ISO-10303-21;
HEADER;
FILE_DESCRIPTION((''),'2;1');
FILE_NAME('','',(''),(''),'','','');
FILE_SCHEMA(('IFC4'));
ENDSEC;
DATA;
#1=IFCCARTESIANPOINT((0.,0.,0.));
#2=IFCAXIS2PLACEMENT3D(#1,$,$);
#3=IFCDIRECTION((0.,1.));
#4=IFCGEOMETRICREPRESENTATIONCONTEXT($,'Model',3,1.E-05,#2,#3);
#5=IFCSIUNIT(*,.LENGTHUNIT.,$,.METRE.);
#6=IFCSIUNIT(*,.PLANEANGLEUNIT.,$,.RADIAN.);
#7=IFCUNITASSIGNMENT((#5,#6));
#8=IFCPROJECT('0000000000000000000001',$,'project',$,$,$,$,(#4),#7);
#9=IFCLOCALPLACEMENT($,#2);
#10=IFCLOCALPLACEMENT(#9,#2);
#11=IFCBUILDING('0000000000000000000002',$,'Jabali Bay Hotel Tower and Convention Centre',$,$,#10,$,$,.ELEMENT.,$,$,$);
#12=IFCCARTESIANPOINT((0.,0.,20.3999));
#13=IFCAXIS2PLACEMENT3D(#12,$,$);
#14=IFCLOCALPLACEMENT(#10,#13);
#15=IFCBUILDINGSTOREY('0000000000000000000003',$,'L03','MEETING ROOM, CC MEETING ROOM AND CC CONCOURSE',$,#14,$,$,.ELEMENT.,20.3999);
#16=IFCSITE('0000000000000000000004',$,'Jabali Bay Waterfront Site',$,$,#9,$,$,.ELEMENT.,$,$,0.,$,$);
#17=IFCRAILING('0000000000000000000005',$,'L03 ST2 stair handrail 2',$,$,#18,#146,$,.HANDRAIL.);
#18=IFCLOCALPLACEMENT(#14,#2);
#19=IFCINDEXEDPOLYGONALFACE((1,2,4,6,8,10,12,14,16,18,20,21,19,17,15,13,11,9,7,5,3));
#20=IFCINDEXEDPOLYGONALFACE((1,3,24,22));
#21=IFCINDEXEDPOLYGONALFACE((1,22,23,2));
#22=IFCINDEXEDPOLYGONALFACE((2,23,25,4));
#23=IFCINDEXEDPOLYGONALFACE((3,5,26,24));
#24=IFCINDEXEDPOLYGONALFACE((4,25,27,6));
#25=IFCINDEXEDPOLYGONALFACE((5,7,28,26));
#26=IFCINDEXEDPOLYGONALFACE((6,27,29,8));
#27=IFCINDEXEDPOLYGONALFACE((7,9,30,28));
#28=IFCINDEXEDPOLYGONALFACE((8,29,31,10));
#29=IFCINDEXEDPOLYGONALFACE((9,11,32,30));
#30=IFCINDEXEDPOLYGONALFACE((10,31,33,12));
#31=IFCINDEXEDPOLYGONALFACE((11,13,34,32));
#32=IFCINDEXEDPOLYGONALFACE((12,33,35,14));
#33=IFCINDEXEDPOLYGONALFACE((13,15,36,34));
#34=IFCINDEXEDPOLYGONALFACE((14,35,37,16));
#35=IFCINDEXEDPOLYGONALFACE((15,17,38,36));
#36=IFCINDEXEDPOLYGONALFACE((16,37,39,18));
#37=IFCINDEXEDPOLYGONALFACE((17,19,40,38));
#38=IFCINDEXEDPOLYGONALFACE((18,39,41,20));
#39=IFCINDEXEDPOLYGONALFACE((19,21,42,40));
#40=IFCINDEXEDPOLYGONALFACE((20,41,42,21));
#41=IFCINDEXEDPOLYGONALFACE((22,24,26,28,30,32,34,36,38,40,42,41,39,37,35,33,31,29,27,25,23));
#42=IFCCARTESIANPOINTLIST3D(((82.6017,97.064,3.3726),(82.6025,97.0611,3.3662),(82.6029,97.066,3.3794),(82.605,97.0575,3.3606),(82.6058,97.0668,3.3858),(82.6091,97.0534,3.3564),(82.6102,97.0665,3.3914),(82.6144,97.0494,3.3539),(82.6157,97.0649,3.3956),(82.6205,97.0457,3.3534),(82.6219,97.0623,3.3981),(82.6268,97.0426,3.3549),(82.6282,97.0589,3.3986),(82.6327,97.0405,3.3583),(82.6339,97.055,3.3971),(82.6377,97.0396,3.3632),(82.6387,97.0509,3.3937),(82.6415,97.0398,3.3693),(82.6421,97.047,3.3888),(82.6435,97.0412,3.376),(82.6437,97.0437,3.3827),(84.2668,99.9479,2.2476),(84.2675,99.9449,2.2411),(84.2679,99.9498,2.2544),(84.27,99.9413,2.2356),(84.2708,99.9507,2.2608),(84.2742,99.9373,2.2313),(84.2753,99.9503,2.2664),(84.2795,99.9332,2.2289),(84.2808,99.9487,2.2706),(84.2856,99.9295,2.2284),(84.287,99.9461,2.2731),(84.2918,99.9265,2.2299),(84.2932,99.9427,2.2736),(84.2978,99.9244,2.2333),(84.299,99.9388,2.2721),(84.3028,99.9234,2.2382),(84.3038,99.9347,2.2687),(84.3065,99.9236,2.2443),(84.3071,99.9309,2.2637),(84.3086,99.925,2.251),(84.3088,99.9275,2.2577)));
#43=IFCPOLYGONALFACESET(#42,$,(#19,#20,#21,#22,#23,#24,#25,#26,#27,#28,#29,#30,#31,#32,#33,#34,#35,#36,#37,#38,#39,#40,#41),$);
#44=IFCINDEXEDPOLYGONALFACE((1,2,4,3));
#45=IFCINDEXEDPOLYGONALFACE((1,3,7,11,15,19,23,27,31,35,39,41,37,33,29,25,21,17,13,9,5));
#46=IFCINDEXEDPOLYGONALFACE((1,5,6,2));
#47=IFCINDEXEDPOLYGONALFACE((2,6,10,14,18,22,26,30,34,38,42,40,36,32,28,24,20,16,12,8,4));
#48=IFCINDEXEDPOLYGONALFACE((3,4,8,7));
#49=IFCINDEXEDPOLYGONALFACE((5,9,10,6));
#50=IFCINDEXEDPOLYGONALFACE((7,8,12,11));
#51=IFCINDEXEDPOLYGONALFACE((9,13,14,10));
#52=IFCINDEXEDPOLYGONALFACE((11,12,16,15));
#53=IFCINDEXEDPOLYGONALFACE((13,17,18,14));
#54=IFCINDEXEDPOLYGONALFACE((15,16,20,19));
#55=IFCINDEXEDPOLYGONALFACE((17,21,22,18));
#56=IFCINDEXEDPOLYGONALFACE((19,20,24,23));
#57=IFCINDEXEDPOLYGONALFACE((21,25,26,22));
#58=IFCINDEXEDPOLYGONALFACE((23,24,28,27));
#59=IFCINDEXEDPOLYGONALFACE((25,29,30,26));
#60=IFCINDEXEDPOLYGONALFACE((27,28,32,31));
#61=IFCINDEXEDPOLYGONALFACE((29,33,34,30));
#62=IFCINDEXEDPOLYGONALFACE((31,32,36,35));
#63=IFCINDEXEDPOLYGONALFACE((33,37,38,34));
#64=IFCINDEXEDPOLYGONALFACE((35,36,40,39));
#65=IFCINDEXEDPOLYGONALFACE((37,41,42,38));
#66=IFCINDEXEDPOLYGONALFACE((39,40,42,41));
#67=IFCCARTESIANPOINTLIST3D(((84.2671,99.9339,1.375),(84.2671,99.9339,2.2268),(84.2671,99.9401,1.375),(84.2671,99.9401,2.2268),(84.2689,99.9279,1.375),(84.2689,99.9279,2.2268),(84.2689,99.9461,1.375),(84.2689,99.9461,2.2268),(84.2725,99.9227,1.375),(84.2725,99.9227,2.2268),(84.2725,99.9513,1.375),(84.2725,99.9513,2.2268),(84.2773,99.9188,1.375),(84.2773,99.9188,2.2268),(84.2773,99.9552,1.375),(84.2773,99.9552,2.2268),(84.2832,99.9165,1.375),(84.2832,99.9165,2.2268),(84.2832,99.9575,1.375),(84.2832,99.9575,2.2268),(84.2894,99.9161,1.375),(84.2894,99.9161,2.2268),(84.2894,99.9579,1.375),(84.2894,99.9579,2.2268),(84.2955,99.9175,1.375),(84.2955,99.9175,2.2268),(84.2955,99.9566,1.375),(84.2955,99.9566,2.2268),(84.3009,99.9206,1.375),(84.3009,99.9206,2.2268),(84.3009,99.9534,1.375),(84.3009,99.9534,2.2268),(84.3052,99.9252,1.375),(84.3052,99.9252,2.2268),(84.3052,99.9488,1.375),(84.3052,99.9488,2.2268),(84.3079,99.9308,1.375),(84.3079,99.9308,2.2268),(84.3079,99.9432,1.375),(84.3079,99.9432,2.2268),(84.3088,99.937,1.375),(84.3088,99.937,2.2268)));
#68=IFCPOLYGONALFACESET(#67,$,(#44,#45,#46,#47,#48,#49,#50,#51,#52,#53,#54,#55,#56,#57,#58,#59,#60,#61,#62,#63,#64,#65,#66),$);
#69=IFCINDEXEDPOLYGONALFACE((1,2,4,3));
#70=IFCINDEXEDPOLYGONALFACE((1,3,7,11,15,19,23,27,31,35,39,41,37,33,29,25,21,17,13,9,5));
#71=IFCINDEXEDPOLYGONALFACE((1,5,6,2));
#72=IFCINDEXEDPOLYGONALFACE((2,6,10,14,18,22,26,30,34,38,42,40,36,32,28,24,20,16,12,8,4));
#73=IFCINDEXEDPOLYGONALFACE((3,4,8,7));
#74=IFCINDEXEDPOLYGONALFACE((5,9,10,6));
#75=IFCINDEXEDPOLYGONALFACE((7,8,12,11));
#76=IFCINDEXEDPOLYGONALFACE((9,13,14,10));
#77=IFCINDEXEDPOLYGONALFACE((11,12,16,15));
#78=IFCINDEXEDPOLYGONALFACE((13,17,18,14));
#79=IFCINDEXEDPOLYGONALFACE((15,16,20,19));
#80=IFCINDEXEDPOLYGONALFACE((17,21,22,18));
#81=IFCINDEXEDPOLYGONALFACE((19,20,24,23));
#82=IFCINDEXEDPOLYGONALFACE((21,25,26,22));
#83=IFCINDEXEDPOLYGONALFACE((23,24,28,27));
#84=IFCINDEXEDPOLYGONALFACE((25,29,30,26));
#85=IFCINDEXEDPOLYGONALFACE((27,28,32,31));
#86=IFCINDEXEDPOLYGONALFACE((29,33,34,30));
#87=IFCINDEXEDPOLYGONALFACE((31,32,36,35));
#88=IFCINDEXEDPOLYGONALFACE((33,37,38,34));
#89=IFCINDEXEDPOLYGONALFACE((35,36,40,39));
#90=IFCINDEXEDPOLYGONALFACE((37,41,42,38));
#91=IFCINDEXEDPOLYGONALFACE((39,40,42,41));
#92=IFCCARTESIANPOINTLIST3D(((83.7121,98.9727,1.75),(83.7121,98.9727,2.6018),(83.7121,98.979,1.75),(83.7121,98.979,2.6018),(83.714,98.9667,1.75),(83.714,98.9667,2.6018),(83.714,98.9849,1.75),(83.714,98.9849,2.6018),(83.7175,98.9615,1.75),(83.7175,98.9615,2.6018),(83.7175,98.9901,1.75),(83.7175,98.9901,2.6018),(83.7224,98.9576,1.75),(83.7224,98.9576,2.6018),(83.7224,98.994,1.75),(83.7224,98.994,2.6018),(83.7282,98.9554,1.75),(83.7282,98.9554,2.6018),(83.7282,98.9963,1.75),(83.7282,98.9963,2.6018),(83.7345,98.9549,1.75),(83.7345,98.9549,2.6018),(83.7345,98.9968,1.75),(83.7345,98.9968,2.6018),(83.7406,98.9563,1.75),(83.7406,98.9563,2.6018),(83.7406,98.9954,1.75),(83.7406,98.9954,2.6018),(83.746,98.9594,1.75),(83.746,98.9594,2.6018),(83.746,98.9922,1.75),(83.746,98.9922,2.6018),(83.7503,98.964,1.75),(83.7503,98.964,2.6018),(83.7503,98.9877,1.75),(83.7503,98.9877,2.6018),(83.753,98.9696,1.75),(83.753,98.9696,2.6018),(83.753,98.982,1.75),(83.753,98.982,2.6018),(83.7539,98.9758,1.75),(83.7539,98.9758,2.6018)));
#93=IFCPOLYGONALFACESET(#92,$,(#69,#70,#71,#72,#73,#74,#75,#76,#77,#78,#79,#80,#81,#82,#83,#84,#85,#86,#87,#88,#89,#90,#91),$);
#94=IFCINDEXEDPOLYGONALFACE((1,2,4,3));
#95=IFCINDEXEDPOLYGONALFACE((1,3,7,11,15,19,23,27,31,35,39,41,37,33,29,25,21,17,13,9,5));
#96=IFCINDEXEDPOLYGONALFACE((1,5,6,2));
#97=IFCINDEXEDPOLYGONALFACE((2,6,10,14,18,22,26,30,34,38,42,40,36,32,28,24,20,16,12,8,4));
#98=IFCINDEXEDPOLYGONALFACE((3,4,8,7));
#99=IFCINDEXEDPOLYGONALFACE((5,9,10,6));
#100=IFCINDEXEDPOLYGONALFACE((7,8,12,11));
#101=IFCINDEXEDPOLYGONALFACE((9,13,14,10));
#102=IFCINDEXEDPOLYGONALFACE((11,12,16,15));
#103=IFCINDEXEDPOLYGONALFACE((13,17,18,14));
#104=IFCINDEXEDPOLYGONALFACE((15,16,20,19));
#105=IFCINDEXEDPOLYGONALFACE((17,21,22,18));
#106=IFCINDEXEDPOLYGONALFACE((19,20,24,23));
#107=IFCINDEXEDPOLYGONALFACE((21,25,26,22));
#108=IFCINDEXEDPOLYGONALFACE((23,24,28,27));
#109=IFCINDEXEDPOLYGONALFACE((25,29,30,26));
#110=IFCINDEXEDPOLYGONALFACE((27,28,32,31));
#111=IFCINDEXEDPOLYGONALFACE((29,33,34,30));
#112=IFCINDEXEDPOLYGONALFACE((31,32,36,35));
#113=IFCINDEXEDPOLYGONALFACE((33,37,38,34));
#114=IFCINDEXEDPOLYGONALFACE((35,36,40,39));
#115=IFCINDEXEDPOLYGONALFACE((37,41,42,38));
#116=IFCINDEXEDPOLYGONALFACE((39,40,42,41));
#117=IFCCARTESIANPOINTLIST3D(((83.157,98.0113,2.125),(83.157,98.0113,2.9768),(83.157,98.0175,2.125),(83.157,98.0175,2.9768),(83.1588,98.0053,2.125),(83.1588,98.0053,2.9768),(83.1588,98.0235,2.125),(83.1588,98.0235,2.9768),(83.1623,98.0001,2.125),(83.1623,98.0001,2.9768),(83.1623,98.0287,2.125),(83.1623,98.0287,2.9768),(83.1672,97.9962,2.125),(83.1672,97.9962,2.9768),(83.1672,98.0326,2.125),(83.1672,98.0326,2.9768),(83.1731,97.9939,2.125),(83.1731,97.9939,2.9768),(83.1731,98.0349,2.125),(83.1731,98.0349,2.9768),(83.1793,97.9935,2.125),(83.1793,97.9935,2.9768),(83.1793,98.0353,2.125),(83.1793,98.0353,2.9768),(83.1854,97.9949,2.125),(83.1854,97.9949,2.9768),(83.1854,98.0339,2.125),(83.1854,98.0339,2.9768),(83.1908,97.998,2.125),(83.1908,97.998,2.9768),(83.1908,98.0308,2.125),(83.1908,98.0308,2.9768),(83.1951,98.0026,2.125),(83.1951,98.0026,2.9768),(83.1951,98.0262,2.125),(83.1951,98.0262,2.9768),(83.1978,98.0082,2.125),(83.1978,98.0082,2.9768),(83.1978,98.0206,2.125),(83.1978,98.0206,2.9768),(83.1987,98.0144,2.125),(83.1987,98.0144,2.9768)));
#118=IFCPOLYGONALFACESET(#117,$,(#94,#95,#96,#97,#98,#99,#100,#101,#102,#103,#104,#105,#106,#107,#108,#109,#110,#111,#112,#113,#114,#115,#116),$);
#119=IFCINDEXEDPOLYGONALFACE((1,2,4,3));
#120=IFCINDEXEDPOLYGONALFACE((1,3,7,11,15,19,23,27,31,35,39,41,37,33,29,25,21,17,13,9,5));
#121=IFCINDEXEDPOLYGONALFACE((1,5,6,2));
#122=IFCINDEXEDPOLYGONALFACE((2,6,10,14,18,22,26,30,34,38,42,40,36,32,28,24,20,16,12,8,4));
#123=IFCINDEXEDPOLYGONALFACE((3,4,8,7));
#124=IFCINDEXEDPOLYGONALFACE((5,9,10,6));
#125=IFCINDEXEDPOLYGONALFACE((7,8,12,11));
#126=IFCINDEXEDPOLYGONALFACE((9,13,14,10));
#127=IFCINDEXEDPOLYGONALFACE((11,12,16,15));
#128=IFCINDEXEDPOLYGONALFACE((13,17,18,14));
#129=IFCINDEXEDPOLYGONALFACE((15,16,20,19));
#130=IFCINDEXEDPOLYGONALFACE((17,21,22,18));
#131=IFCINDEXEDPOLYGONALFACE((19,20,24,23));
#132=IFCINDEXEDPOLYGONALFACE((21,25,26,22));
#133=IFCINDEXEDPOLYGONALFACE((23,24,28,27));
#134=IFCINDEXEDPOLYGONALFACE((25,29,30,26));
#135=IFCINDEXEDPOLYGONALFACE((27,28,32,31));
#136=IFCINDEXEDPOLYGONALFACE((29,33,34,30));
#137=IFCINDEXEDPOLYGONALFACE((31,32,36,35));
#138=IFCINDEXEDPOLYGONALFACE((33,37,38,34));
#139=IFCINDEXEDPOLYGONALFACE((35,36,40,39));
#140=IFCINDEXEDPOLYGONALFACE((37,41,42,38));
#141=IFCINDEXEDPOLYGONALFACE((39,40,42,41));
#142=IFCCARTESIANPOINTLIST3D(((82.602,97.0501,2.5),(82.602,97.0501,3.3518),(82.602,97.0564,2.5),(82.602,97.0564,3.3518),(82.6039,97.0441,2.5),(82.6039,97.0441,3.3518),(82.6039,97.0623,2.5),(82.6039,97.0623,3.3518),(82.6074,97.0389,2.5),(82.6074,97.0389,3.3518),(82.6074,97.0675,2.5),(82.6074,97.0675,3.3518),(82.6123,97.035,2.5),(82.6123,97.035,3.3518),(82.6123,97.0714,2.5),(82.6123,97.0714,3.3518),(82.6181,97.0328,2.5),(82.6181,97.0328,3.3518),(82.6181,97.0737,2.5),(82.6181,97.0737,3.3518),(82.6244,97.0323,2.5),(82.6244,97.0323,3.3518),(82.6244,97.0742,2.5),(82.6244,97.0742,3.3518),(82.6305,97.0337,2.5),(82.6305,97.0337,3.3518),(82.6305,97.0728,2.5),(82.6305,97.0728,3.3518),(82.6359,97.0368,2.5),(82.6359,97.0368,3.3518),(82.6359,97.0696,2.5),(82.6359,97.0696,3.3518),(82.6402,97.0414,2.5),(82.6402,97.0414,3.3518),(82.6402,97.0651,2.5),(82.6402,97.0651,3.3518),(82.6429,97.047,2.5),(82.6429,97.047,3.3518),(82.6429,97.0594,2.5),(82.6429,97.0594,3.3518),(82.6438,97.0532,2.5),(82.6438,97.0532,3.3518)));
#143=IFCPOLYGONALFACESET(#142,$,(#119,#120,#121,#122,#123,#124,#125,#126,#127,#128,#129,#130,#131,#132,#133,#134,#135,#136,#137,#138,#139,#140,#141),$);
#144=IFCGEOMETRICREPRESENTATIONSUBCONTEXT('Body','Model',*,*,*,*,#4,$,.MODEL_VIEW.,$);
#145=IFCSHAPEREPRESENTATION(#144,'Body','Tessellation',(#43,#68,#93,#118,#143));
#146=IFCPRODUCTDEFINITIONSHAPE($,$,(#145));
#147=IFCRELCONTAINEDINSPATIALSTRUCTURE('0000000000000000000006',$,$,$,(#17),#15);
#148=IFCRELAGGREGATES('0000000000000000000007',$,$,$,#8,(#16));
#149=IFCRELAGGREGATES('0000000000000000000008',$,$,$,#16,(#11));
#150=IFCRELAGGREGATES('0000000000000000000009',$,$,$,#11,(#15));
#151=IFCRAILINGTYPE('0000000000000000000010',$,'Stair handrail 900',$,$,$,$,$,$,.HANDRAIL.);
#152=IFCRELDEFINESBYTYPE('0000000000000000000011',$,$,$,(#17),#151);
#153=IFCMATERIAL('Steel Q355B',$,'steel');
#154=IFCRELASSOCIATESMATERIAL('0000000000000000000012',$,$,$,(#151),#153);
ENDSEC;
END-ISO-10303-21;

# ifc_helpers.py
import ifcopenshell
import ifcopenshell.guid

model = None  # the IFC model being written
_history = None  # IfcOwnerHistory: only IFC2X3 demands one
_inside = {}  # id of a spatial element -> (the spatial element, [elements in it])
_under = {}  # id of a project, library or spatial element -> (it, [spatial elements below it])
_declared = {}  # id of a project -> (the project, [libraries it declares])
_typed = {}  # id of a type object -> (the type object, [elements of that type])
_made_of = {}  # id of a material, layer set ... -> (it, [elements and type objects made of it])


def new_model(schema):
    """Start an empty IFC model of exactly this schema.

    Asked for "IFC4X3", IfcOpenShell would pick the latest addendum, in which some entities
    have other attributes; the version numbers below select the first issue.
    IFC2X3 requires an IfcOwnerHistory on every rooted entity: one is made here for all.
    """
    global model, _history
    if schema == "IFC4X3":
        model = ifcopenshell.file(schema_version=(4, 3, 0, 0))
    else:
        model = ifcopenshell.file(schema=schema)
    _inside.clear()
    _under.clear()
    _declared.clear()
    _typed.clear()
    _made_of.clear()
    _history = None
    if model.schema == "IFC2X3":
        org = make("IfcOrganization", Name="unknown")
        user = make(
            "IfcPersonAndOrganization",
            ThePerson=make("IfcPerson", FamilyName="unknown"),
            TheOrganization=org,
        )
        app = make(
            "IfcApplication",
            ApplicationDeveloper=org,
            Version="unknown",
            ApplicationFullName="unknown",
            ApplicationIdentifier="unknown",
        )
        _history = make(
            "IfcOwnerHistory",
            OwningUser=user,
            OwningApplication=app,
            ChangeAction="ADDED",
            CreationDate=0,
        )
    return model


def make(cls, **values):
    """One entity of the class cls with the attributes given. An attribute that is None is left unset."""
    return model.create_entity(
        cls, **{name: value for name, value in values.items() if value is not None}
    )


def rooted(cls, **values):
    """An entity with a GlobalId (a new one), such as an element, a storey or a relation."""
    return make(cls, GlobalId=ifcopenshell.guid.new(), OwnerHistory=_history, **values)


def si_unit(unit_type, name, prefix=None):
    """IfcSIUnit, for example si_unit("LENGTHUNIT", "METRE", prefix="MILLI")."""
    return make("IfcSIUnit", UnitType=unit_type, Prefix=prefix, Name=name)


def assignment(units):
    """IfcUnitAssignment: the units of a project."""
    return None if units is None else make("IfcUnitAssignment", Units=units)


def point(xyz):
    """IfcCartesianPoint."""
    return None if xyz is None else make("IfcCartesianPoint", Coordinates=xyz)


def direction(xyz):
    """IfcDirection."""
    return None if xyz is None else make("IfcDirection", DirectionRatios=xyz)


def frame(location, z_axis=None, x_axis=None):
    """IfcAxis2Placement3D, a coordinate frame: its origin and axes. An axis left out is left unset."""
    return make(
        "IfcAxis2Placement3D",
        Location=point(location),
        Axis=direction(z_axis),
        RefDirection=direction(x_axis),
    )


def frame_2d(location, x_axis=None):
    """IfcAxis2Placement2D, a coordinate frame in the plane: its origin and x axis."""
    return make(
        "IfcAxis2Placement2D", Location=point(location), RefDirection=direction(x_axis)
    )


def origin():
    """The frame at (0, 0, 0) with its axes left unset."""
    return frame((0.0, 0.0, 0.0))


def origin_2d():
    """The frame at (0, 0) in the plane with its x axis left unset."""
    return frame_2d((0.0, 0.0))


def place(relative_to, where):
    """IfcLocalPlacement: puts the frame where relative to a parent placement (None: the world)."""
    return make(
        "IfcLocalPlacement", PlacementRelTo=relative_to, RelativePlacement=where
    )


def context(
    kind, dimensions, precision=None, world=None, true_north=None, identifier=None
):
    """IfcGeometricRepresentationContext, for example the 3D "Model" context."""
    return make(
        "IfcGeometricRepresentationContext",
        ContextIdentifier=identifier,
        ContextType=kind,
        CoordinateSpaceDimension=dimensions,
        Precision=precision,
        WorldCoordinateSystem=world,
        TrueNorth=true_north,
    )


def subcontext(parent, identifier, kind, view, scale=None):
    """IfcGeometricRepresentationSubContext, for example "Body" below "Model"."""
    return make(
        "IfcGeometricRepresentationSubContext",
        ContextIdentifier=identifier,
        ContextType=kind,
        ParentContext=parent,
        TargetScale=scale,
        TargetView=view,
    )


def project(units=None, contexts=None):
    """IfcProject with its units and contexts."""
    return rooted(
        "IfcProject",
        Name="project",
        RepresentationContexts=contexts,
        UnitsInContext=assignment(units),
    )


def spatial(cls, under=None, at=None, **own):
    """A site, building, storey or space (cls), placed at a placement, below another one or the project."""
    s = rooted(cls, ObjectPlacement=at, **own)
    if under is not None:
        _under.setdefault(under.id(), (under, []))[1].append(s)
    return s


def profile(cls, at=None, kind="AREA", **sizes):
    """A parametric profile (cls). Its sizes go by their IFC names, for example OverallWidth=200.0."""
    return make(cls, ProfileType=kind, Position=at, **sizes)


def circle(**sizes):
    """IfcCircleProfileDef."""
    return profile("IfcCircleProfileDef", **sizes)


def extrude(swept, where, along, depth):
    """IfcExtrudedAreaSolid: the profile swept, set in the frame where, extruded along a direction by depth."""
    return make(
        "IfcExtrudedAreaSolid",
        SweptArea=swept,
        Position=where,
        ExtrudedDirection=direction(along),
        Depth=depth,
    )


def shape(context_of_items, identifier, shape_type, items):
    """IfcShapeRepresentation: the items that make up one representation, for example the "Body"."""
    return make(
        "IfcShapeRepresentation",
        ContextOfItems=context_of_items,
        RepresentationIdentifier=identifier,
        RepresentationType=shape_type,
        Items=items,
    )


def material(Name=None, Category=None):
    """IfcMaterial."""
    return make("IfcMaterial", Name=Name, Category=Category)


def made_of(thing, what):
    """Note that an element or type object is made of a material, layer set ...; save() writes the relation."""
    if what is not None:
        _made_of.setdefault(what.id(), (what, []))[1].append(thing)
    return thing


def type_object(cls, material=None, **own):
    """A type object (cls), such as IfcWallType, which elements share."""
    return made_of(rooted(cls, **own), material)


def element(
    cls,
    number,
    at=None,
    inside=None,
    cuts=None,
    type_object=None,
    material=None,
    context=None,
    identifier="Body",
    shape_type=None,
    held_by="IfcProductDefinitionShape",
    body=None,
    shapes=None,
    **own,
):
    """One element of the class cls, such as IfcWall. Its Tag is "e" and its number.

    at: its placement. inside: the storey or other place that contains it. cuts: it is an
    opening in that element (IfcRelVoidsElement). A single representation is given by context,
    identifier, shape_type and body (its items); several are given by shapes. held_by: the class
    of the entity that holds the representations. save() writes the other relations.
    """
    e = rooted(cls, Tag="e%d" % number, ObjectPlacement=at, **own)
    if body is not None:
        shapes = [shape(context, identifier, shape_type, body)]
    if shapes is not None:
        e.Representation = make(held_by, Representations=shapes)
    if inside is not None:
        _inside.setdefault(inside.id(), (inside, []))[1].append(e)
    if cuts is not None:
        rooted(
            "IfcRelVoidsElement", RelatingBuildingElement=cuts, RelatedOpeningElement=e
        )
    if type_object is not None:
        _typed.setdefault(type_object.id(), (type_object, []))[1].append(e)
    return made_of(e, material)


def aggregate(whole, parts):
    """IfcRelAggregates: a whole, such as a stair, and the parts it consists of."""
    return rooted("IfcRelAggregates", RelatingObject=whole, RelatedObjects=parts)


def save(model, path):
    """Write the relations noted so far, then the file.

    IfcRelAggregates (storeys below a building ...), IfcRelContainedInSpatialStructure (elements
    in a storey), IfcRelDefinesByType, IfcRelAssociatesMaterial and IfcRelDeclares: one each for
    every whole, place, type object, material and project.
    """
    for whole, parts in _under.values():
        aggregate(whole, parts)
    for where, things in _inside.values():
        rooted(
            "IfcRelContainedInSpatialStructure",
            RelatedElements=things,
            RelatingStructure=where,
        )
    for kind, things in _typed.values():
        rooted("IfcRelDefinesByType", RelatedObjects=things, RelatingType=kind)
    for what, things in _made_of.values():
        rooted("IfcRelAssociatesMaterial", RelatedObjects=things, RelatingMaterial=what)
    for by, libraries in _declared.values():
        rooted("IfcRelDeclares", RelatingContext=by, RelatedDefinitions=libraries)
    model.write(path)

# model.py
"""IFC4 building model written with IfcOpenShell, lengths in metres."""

from ifc_helpers import new_model, si_unit, direction, frame, origin, origin_2d, place, context, subcontext, project, spatial, circle, extrude, material, type_object, element, save


model = new_model("IFC4")

# Units and contexts
model_context = context("Model", 3, precision=1e-05, world=origin(), true_north=direction((0.0, 1.0)))
body_context = subcontext(model_context, "Body", "Model", "MODEL_VIEW")
ifc_project = project(units=[si_unit("LENGTHUNIT", "METRE"), si_unit("PLANEANGLEUNIT", "RADIAN")], contexts=[model_context])

# Site, building, storey
site_placement = place(None, origin())
site = spatial("IfcSite", under=ifc_project, at=site_placement, Name="Jabali Bay Waterfront Site", CompositionType="ELEMENT", RefElevation=0.0)
building_placement = place(site_placement, origin())
building = spatial("IfcBuilding", under=site, at=building_placement, Name="Jabali Bay Hotel Tower and Convention Centre", CompositionType="ELEMENT")
storey_placement = place(building_placement, frame((0.0, 0.0, 20.3999)))
storey = spatial("IfcBuildingStorey", under=building, at=storey_placement, Name="L03", Description="MEETING ROOM, CC MEETING ROOM AND CC CONCOURSE", CompositionType="ELEMENT", Elevation=20.3999)

# Railing
ifc_material_1 = material(Name="Steel Q355B", Category="steel")
railing_type_1 = type_object("IfcRailingType", Name="Stair handrail 900", PredefinedType="HANDRAIL", material=ifc_material_1)
railing_1_placement = place(storey_placement, frame((84.2878, 99.937, 1.375)))
element("IfcRailing", 1, at=railing_1_placement, inside=storey, type_object=railing_type_1, Name="L03 ST2 stair handrail 2", PredefinedType="HANDRAIL", context=body_context, shape_type="SweptSolid", body=[
    extrude(circle(Radius=0.0239, at=origin_2d()), frame((0.0, 0.0, 0.876), z_axis=(-0.473715, -0.820457, 0.32007), x_axis=(0.866015, -0.500019, 0.0)), (0.0, 0.0, 1.0), 3.5149),
    extrude(circle(Radius=0.021, at=origin_2d()), origin(), (0.0, 0.0, 1.0), 0.8518),
    extrude(circle(Radius=0.021, at=origin_2d()), frame((-0.5549, -0.9612, 0.375)), (0.0, 0.0, 1.0), 0.8518),
    extrude(circle(Radius=0.021, at=origin_2d()), frame((-1.1101, -1.9226, 0.75)), (0.0, 0.0, 1.0), 0.8518),
    extrude(circle(Radius=0.021, at=origin_2d()), frame((-1.665, -2.8838, 1.125)), (0.0, 0.0, 1.0), 0.8518),
])

save(model, "model.ifc")
